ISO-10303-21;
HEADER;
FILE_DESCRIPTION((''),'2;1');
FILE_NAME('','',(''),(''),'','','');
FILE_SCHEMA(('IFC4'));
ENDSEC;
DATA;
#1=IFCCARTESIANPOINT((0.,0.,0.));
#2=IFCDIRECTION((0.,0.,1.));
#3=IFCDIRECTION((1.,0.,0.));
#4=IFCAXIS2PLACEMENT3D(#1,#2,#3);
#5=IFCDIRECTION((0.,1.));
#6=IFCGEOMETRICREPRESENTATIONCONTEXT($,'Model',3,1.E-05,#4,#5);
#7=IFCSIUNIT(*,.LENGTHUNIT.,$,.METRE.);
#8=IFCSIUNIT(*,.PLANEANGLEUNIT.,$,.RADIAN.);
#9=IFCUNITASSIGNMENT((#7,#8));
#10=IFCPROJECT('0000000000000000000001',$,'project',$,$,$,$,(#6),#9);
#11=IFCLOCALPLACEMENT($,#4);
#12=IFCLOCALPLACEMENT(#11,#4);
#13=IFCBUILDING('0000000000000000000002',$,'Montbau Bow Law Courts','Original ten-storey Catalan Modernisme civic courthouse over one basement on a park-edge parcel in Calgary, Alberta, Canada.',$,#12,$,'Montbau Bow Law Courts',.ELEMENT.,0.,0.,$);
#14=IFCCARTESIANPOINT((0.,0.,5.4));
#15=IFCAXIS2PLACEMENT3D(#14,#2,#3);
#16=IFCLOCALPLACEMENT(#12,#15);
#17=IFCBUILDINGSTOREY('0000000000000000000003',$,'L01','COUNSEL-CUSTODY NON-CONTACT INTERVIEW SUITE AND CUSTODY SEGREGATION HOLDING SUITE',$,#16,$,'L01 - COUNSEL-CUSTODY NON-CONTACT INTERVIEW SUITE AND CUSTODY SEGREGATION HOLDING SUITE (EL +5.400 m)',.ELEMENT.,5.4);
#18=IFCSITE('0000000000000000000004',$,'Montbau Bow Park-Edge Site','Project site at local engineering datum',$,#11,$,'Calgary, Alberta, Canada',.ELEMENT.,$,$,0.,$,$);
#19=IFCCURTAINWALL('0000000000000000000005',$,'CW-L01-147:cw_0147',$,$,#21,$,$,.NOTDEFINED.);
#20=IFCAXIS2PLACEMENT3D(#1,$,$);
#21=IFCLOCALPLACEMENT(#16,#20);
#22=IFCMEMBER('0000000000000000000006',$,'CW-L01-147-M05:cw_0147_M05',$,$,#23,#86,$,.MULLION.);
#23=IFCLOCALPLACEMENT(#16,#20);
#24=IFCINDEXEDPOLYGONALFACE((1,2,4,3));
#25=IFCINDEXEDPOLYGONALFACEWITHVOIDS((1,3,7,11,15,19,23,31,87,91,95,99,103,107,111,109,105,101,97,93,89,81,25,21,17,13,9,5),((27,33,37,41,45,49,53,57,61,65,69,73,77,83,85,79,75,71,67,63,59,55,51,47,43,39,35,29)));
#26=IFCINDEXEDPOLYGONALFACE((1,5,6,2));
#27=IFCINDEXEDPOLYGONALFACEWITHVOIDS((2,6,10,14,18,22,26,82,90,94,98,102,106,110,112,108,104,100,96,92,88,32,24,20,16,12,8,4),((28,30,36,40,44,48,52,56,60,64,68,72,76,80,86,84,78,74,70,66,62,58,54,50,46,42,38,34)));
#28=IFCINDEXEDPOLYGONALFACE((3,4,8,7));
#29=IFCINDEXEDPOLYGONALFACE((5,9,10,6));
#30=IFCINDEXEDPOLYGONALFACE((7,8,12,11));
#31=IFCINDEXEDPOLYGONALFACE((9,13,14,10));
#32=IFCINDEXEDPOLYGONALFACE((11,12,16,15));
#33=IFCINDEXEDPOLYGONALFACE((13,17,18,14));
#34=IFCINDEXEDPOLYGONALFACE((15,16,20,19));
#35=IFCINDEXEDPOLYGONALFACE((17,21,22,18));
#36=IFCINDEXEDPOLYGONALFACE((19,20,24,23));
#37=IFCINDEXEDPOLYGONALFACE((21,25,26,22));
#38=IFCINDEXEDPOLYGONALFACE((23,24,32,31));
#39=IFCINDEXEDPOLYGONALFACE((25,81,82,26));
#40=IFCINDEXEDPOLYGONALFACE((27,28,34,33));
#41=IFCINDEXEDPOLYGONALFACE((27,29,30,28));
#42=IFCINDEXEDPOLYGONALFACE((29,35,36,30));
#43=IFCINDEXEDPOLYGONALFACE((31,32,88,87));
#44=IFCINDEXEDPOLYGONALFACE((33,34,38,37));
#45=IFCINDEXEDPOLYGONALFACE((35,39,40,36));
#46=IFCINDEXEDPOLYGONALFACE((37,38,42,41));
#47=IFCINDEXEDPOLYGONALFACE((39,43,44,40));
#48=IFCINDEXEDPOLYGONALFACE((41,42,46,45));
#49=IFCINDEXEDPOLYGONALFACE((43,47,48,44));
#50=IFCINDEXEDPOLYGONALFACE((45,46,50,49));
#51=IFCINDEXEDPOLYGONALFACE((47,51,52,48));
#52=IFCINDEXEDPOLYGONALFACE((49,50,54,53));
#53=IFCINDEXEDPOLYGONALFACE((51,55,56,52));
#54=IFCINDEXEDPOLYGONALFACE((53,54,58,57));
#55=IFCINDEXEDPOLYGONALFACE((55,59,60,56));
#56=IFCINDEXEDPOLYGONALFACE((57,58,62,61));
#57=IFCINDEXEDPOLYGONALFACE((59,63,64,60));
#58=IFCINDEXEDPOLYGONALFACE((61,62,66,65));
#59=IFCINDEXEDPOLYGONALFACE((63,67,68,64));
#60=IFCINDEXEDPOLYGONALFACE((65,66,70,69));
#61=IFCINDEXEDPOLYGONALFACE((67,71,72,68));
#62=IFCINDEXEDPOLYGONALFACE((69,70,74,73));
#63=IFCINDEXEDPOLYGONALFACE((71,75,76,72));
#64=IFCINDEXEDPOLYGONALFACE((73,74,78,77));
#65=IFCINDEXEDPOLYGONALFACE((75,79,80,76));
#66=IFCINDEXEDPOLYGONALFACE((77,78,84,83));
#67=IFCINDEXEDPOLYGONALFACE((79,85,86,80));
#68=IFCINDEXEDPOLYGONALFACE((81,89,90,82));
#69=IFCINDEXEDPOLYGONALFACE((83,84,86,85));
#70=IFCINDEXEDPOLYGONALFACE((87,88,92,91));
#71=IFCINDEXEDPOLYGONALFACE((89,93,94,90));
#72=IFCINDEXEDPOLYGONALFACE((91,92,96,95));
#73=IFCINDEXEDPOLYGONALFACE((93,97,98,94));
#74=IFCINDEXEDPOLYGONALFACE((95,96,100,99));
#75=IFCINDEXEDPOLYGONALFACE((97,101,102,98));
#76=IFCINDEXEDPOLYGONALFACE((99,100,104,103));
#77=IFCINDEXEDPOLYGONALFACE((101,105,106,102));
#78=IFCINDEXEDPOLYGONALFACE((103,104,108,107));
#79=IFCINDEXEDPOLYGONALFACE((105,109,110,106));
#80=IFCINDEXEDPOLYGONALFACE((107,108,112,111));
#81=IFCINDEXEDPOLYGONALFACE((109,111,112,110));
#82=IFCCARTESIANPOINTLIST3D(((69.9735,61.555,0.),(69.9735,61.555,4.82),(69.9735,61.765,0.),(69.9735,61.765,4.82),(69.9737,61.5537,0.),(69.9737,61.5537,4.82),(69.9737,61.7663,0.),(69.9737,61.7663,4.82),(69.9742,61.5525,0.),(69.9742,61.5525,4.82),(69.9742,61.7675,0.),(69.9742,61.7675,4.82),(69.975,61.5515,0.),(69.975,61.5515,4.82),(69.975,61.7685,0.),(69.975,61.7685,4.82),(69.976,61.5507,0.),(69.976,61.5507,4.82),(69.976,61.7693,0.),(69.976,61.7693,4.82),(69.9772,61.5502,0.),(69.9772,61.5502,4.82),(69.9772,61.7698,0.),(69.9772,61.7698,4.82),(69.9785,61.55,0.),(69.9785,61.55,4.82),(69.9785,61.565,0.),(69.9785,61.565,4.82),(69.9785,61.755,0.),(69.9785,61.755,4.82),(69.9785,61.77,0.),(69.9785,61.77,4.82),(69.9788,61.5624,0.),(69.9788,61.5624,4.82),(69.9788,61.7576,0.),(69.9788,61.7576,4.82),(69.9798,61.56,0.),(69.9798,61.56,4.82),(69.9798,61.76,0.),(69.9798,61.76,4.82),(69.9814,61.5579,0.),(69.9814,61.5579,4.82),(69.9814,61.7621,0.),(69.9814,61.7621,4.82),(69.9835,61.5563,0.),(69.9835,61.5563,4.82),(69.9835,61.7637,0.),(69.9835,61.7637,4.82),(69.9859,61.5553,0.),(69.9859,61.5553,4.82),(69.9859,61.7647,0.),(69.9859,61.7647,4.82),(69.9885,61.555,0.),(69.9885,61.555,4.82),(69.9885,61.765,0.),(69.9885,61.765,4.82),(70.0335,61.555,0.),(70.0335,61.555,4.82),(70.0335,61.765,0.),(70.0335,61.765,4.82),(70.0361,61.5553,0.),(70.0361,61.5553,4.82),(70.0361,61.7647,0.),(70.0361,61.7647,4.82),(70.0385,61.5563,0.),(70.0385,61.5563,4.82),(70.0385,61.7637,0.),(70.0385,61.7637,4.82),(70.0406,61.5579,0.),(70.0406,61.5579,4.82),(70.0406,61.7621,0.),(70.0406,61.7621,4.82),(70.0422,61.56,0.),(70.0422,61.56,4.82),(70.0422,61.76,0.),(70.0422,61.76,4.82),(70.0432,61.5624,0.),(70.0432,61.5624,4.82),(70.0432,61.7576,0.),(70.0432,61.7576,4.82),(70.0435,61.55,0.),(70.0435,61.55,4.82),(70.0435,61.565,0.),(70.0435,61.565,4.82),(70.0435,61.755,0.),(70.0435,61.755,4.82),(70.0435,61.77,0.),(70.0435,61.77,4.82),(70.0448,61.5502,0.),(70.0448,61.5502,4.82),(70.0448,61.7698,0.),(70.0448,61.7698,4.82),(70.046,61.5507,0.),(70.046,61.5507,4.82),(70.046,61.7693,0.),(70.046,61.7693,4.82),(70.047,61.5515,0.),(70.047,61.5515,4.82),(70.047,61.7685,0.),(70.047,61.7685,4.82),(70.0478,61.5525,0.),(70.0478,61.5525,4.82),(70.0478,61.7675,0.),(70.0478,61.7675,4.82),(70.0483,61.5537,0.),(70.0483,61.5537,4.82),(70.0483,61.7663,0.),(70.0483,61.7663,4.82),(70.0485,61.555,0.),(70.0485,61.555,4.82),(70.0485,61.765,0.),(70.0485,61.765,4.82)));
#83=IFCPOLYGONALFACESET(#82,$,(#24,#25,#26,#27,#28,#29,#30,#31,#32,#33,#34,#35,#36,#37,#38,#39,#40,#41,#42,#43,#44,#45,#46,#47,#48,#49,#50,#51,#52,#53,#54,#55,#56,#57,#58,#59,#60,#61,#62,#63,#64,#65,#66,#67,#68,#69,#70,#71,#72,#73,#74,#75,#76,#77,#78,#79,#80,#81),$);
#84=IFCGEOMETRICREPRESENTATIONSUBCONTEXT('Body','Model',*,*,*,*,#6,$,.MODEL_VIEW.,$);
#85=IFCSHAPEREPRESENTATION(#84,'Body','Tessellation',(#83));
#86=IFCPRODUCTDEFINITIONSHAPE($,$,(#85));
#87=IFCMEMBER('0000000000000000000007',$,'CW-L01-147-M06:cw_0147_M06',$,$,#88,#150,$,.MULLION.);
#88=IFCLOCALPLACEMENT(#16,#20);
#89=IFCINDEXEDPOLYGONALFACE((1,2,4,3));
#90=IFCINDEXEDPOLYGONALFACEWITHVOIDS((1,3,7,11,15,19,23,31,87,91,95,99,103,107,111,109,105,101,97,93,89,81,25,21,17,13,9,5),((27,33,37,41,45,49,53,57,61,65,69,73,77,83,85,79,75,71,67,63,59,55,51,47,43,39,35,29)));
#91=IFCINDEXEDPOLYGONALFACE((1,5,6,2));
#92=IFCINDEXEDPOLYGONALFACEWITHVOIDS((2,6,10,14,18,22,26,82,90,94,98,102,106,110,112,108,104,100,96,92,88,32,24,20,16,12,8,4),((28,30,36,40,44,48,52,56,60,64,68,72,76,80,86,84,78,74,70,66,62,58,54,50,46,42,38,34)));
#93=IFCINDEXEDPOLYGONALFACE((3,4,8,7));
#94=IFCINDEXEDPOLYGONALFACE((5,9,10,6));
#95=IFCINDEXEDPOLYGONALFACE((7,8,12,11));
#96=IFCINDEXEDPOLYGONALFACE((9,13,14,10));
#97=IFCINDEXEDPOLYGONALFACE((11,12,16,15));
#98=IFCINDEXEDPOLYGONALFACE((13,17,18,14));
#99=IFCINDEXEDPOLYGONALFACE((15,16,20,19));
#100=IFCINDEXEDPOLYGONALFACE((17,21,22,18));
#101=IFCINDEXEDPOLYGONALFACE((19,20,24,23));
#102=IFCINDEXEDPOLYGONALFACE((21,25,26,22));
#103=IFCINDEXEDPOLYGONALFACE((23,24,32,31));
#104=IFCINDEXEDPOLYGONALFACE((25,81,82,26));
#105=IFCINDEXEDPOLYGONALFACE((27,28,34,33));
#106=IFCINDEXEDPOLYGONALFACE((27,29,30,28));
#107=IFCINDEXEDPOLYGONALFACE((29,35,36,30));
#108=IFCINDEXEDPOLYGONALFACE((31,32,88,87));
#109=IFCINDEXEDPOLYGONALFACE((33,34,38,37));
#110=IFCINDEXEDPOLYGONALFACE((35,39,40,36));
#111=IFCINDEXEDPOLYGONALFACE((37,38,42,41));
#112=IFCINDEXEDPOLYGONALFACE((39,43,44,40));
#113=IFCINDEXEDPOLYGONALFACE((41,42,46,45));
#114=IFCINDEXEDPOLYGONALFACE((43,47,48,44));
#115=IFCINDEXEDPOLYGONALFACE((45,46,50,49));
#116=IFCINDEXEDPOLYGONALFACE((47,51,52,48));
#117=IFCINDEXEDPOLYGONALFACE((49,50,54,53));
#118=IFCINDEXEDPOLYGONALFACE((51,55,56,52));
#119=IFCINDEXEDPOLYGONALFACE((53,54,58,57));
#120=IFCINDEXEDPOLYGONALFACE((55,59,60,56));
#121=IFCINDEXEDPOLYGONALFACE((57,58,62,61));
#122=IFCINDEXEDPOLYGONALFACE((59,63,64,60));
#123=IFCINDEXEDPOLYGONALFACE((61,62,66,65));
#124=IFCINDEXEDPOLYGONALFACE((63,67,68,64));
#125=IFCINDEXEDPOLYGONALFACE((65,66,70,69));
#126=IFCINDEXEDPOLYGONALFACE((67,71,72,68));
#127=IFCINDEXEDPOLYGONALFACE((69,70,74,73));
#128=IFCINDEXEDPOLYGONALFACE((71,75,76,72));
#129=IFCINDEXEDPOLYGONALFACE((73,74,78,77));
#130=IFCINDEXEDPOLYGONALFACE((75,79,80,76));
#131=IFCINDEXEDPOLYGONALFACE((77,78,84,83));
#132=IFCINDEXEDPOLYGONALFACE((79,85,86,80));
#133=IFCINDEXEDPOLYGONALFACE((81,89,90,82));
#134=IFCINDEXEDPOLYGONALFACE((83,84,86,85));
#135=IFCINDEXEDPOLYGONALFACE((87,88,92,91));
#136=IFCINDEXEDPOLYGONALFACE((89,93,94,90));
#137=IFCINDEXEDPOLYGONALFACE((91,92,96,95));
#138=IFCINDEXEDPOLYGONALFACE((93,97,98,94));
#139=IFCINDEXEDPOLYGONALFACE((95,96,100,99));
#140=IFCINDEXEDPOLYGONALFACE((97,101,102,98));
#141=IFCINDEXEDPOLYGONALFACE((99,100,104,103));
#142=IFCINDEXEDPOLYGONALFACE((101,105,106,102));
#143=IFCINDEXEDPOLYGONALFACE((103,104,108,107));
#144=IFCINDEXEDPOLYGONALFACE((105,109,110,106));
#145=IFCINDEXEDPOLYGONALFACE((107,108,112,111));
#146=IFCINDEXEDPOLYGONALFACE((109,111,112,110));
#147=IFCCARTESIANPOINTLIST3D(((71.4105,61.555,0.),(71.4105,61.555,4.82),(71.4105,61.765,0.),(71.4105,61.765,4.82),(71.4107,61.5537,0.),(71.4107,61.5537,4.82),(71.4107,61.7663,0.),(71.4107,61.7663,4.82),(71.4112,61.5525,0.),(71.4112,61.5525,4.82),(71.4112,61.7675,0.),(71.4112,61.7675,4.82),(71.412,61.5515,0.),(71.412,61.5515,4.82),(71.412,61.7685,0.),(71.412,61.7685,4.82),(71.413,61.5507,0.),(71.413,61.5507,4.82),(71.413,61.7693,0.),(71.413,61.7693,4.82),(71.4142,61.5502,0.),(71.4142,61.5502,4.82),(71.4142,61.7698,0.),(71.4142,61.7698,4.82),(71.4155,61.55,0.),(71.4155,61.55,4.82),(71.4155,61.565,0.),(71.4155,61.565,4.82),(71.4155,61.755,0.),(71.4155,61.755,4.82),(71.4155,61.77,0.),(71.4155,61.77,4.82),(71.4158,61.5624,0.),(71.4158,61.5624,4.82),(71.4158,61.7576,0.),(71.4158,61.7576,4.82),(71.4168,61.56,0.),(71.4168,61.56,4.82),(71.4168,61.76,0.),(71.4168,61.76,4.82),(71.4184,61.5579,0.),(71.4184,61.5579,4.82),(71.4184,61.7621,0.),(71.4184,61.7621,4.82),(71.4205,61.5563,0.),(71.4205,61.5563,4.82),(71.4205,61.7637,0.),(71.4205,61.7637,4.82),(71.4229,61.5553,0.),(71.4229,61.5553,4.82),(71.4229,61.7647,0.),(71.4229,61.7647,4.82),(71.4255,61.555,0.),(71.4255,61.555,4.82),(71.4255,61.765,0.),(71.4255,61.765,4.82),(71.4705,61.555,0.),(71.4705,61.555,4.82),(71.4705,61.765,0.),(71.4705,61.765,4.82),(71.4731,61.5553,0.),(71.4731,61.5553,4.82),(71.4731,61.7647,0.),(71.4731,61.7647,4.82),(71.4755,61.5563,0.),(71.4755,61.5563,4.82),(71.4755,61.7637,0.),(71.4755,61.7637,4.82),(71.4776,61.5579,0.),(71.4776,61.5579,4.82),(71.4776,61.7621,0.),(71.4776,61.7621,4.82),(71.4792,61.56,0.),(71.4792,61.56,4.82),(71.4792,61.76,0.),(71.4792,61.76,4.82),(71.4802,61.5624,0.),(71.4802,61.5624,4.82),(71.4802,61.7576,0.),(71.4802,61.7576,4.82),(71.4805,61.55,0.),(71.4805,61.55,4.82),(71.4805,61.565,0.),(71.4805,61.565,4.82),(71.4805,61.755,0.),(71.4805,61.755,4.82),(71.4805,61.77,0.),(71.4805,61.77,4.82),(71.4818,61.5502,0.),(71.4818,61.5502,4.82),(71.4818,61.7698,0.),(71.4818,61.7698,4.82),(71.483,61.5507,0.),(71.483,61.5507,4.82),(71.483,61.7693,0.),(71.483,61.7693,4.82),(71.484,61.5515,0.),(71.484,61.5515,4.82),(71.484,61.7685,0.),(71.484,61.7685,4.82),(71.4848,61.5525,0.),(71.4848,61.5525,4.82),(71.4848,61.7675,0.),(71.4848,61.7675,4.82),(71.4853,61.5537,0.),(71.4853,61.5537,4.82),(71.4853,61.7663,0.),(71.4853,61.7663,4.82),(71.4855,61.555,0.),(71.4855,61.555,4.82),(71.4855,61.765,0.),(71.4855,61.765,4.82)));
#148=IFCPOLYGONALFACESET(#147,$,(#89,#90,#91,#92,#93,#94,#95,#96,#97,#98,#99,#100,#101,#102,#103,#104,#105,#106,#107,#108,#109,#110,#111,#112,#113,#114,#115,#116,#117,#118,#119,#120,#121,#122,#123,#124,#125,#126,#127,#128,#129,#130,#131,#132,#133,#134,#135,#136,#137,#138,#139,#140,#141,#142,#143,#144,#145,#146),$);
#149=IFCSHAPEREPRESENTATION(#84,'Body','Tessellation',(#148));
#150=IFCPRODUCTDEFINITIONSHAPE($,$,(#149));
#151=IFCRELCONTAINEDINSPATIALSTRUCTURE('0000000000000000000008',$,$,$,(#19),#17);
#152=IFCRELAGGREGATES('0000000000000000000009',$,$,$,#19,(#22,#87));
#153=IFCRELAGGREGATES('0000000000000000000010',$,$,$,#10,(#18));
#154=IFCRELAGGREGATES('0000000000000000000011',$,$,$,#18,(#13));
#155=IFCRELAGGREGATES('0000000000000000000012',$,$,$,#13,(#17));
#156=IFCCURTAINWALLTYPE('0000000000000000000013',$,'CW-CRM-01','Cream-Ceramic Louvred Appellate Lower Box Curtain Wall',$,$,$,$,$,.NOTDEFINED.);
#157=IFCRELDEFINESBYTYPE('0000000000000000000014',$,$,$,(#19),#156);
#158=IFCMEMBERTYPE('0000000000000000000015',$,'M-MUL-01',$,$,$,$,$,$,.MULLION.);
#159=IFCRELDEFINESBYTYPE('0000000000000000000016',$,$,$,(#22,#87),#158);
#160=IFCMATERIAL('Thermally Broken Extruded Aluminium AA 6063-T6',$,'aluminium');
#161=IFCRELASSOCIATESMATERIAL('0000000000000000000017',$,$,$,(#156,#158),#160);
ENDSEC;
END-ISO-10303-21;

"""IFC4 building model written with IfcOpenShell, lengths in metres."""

from ifc_helpers import new_model, si_unit, direction, frame, origin_with_axes, origin_2d_with_axis, place, context, subcontext, project, spatial, hollow_rectangle, extrude, material, material_profile, profile_set, type_object, element, aggregate, save


model = new_model("IFC4")

# Units and contexts
model_context = context("Model", 3, precision=1e-05, world=origin_with_axes(), true_north=direction((0.0, 1.0)))
body_context = subcontext(model_context, "Body", "Model", "MODEL_VIEW")
ifc_project = project(units=[si_unit("LENGTHUNIT", "METRE"), si_unit("PLANEANGLEUNIT", "RADIAN")], contexts=[model_context])

# Site, building, storey
site_placement = place(None, origin_with_axes())
site = spatial("IfcSite", under=ifc_project, at=site_placement, Name="Montbau Bow Park-Edge Site", Description="Project site at local engineering datum", LongName="Calgary, Alberta, Canada", CompositionType="ELEMENT", RefElevation=0.0)
building_placement = place(site_placement, origin_with_axes())
building = spatial("IfcBuilding", under=site, at=building_placement, Name="Montbau Bow Law Courts", Description="Original ten-storey Catalan Modernisme civic courthouse over one basement on a park-edge parcel in Calgary, Alberta, Canada.", LongName="Montbau Bow Law Courts", CompositionType="ELEMENT", ElevationOfRefHeight=0.0, ElevationOfTerrain=0.0)
storey_placement = place(building_placement, frame((0.0, 0.0, 5.4), z_axis=(0.0, 0.0, 1.0), x_axis=(1.0, 0.0, 0.0)))
storey = spatial("IfcBuildingStorey", under=building, at=storey_placement, Name="L01", Description="COUNSEL-CUSTODY NON-CONTACT INTERVIEW SUITE AND CUSTODY SEGREGATION HOLDING SUITE", LongName="L01 - COUNSEL-CUSTODY NON-CONTACT INTERVIEW SUITE AND CUSTODY SEGREGATION HOLDING SUITE (EL +5.400 m)", CompositionType="ELEMENT", Elevation=5.4)

# Curtain wall, members
ifc_material_1 = material(Name="Thermally Broken Extruded Aluminium AA 6063-T6", Category="aluminium")
curtain_wall_type = type_object("IfcCurtainWallType", Name="CW-CRM-01", Description="Cream-Ceramic Louvred Appellate Lower Box Curtain Wall", PredefinedType="NOTDEFINED", material=ifc_material_1)
curtain_wall_1_placement = place(None, frame((64.115, 61.66, 5.4), z_axis=(0.0, 0.0, 1.0), x_axis=(1.0, 0.0, 0.0)))
curtain_wall_1 = element("IfcCurtainWall", 1, at=curtain_wall_1_placement, inside=storey, type_object=curtain_wall_type, Name="CW-L01-147:cw_0147", PredefinedType="NOTDEFINED")
ifc_material_profile_1 = material_profile(ifc_material_1, hollow_rectangle(XDim=0.075, YDim=0.22, WallThickness=0.005, InnerFilletRadius=0.01, OuterFilletRadius=0.005, at=origin_2d_with_axis()), Name="CWM-220X75", Category="Main", Priority=0)
ifc_profile_set_1 = profile_set([ifc_material_profile_1], Name="Thermally Broken Extruded Aluminium AA 6063-T6")
member_type_1 = type_object("IfcMemberType", Name="M-MUL-01", PredefinedType="MULLION", material=ifc_profile_set_1)
member_1_placement = place(None, frame((70.011, 61.66, 5.4), z_axis=(0.0, 0.0, 1.0), x_axis=(1.0, 0.0, 0.0)))
member_1 = element("IfcMember", 2, at=member_1_placement, type_object=member_type_1, Name="CW-L01-147-M05:cw_0147_M05", PredefinedType="MULLION", context=body_context, shape_type="SweptSolid", body=[
    extrude(hollow_rectangle(XDim=0.075, YDim=0.22, WallThickness=0.005, InnerFilletRadius=0.01, OuterFilletRadius=0.005, at=origin_2d_with_axis()), origin_with_axes(), (0.0, 0.0, 1.0), 4.82),
])
member_2_placement = place(None, frame((71.448, 61.66, 5.4), z_axis=(0.0, 0.0, 1.0), x_axis=(1.0, 0.0, 0.0)))
member_2 = element("IfcMember", 3, at=member_2_placement, type_object=member_type_1, Name="CW-L01-147-M06:cw_0147_M06", PredefinedType="MULLION", context=body_context, shape_type="SweptSolid", body=[
    extrude(hollow_rectangle(XDim=0.075, YDim=0.22, WallThickness=0.005, InnerFilletRadius=0.01, OuterFilletRadius=0.005, at=origin_2d_with_axis()), origin_with_axes(), (0.0, 0.0, 1.0), 4.82),
])

aggregate(curtain_wall_1, [member_1, member_2])

save(model, "model.ifc")
